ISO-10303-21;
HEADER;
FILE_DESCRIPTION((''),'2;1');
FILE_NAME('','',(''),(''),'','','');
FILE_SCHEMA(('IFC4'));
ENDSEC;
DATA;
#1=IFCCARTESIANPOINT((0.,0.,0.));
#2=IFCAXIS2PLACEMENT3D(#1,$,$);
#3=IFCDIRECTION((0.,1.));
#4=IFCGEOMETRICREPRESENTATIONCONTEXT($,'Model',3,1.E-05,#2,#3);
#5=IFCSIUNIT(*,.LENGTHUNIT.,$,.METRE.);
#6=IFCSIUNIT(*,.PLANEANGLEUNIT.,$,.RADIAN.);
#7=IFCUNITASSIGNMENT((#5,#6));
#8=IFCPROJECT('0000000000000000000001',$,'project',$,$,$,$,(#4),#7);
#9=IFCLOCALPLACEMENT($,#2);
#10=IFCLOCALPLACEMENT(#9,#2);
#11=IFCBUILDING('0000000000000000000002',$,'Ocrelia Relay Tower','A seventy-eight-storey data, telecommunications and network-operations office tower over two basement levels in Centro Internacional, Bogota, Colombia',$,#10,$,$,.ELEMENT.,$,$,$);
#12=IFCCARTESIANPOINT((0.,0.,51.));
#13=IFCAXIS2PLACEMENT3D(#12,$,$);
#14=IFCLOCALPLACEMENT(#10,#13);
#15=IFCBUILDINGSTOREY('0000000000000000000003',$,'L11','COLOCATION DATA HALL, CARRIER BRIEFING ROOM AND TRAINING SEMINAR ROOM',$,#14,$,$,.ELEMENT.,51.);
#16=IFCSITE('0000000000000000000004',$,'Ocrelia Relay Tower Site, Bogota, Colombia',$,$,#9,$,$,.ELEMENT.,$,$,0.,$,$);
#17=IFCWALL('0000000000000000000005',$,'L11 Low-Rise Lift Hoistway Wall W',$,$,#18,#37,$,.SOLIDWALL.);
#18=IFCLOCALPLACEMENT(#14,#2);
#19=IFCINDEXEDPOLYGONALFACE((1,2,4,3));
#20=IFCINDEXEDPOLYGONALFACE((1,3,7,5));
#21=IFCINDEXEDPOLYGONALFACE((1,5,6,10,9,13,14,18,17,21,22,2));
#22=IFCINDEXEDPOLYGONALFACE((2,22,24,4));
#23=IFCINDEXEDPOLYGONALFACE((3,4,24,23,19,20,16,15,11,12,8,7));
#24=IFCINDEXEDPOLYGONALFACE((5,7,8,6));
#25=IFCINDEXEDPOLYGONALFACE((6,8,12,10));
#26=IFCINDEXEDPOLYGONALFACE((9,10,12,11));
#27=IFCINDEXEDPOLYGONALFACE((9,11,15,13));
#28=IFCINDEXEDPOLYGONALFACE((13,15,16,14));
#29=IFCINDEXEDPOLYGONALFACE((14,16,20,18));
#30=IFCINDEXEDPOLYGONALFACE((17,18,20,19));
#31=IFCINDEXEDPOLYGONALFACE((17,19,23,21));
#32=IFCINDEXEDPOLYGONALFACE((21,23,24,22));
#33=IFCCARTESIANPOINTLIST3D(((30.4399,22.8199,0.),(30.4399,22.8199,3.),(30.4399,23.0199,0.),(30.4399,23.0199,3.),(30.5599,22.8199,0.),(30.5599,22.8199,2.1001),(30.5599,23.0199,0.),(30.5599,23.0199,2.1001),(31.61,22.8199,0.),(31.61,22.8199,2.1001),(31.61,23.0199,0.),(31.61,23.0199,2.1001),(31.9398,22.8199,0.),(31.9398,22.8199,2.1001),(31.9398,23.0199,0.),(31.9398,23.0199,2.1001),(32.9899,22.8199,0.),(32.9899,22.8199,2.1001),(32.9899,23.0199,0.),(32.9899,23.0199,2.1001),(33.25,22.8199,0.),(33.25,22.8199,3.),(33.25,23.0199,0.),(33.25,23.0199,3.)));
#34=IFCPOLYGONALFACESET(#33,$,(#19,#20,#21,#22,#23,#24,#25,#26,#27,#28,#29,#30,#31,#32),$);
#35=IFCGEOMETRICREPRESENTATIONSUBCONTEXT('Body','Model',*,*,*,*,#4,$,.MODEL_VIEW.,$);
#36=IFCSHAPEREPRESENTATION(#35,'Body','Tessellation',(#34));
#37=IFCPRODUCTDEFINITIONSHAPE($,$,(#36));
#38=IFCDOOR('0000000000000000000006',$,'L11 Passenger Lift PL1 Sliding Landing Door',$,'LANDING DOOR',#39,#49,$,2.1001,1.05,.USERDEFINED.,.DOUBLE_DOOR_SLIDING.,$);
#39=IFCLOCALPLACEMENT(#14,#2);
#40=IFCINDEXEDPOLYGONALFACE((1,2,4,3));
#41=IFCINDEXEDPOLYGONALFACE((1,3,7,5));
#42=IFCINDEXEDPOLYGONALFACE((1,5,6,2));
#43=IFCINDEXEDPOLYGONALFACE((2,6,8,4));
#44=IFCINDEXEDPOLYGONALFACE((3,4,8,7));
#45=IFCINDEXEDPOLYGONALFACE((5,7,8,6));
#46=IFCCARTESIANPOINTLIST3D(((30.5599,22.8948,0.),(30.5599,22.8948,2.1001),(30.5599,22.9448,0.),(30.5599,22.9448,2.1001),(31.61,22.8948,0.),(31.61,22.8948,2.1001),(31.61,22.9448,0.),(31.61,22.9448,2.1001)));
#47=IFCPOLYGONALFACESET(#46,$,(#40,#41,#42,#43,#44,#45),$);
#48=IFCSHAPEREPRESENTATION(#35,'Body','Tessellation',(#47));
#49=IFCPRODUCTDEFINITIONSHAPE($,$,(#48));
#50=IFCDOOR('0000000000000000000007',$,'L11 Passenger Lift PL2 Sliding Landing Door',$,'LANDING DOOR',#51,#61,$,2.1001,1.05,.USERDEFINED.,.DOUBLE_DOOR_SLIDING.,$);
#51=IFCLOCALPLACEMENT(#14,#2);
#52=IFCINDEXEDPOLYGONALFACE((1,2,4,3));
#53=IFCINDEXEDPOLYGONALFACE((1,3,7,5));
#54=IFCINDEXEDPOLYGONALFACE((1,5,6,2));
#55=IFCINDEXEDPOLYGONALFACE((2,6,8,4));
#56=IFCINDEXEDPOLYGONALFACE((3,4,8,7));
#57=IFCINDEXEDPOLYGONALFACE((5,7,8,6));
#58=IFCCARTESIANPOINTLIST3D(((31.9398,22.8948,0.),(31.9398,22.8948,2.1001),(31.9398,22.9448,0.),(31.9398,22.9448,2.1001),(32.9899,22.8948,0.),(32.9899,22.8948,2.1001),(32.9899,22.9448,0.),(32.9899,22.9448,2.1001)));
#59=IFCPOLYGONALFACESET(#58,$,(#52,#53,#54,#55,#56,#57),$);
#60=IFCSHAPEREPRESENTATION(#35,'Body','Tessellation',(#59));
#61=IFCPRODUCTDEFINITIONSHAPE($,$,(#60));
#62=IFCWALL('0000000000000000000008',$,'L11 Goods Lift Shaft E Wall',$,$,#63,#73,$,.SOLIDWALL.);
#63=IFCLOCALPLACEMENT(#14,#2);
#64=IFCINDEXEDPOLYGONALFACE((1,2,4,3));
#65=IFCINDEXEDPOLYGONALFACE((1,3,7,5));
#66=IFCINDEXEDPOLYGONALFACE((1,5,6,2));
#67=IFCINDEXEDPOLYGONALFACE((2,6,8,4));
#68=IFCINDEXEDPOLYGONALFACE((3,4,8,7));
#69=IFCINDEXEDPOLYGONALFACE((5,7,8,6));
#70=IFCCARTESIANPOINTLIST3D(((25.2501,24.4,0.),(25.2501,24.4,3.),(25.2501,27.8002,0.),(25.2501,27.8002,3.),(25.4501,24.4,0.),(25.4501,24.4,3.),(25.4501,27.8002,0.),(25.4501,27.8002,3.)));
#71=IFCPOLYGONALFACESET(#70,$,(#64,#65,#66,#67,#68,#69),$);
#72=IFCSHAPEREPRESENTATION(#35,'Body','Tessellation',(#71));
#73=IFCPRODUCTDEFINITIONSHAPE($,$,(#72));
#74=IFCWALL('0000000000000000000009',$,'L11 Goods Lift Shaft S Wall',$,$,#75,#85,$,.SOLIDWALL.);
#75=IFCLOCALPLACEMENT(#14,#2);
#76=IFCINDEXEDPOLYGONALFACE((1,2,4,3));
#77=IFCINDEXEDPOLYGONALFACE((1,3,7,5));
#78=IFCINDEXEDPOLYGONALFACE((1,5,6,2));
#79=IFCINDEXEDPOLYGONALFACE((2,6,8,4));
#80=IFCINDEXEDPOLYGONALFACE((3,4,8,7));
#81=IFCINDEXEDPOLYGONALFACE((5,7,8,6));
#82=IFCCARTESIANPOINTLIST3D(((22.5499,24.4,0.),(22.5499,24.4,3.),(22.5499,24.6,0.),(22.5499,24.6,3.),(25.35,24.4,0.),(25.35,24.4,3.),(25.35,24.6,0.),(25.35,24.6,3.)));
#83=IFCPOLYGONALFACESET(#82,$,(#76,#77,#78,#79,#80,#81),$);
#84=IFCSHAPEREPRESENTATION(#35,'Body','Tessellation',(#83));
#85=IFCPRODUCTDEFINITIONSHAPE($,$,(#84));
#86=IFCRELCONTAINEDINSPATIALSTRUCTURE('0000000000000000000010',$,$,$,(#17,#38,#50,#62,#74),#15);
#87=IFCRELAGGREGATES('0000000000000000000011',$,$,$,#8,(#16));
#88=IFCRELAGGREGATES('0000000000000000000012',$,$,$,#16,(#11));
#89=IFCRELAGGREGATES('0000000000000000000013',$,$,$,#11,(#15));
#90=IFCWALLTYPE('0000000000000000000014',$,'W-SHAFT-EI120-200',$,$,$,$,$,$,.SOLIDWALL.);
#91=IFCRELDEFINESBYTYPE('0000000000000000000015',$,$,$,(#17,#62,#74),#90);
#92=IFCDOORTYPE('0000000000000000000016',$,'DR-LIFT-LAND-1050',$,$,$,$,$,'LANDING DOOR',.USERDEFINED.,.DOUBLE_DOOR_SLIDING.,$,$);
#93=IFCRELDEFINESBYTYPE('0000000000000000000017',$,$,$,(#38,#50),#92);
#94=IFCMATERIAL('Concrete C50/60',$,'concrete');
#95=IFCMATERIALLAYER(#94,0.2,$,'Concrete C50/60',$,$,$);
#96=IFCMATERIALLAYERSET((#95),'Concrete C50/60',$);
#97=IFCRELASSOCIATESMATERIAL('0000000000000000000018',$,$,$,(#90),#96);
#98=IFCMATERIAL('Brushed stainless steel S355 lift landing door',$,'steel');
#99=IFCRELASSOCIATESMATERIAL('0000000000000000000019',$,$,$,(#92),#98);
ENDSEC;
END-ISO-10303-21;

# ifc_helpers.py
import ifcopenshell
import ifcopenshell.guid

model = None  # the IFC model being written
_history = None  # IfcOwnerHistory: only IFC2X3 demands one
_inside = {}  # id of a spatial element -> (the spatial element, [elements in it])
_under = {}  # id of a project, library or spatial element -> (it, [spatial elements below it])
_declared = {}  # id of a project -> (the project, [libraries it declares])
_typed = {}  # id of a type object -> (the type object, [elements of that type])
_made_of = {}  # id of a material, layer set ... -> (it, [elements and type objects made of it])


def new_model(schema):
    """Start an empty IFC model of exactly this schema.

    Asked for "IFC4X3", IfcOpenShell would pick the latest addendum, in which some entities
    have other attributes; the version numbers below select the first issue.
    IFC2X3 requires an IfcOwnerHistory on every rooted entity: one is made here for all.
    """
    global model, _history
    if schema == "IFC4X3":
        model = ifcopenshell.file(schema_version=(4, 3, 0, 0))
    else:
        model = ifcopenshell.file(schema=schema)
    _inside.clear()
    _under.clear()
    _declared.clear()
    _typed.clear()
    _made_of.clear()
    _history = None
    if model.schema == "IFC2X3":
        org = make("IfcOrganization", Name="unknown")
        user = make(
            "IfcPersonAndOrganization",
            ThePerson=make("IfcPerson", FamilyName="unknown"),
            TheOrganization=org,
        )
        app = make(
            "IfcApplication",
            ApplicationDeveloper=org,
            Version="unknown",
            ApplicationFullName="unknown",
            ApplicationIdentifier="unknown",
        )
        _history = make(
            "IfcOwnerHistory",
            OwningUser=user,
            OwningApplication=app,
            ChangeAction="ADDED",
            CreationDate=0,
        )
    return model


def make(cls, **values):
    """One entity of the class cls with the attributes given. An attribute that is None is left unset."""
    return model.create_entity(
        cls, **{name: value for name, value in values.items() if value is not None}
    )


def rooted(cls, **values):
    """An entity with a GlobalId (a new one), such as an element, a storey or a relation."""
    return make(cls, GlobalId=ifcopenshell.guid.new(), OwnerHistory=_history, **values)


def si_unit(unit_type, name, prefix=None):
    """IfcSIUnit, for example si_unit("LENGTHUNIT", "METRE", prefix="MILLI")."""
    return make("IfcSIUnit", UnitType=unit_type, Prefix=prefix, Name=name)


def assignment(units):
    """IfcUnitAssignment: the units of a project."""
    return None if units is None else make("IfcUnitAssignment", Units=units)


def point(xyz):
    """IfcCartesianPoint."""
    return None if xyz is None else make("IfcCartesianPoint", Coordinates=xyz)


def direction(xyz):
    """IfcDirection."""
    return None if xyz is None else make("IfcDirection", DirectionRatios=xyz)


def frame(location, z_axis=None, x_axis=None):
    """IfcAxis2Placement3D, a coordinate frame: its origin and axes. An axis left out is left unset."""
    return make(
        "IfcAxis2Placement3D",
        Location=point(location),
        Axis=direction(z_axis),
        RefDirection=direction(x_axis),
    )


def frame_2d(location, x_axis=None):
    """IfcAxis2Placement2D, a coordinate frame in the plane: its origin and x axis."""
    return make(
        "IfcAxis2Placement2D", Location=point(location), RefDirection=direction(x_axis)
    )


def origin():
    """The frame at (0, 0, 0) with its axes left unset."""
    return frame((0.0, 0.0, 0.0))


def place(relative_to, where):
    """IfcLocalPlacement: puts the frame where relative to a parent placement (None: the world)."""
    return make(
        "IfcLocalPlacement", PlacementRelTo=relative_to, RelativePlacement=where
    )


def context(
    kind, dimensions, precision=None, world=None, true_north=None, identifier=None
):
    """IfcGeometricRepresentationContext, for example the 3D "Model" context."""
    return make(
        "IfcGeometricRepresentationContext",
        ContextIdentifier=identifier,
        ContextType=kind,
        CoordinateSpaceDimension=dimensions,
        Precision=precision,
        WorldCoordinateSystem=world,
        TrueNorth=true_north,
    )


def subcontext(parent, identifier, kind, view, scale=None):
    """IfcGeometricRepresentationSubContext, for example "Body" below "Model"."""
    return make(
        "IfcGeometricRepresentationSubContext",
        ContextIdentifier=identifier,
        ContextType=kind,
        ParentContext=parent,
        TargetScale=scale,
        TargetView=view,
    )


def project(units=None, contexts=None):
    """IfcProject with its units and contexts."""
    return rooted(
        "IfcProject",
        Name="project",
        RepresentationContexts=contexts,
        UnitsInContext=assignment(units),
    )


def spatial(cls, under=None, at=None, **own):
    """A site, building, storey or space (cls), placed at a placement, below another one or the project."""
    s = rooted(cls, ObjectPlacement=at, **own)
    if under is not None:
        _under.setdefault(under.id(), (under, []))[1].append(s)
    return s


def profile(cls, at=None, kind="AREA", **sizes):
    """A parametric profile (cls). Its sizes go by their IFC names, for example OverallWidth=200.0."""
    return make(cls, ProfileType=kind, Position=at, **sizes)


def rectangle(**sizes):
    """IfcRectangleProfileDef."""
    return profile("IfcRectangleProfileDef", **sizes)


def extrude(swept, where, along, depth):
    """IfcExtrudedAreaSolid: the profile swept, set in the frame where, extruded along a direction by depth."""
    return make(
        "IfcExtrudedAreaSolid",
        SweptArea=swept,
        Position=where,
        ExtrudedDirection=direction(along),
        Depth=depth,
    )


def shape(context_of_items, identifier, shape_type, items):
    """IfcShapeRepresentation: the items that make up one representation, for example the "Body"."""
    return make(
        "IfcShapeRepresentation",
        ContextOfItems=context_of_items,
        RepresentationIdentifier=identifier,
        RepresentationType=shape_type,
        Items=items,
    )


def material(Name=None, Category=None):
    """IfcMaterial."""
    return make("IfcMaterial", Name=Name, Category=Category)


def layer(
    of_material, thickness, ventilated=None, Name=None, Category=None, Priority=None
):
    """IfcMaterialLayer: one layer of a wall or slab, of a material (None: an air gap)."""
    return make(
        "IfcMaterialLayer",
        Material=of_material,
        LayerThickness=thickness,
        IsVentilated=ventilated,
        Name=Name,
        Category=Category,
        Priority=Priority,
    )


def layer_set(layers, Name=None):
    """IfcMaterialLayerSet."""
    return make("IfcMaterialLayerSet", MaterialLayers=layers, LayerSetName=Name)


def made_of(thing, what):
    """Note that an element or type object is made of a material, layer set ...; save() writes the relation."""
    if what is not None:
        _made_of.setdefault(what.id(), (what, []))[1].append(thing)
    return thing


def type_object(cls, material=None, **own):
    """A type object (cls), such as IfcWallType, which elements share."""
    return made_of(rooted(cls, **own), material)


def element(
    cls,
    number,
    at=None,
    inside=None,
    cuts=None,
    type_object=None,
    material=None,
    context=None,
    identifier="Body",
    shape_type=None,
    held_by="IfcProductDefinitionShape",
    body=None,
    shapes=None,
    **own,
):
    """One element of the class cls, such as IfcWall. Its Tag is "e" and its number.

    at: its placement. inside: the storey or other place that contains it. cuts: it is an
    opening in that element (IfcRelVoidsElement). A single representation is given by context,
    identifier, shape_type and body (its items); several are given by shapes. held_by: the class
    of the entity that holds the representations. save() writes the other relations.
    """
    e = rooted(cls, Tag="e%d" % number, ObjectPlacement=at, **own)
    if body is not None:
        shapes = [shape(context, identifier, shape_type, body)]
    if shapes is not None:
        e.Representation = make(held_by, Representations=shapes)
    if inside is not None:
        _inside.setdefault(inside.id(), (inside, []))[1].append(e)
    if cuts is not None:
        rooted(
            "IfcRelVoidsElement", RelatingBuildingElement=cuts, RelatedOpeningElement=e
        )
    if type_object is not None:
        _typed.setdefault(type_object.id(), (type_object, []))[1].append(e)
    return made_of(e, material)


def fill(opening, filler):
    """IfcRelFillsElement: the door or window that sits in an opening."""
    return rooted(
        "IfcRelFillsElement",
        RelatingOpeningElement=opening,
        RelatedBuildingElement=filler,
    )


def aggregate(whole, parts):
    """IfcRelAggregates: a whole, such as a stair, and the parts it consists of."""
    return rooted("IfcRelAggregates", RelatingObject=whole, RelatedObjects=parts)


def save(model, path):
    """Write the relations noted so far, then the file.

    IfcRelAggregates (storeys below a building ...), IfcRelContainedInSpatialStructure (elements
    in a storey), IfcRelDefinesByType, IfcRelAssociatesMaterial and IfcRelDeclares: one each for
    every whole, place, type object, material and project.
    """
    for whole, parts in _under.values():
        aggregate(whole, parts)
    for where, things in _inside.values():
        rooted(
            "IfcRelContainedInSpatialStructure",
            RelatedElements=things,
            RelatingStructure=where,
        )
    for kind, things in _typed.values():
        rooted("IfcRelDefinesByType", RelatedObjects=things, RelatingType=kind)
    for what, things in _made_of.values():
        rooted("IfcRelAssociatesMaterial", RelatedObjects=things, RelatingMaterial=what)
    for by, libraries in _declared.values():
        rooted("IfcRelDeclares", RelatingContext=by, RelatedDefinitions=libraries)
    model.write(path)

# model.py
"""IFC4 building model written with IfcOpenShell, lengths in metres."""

from ifc_helpers import new_model, si_unit, direction, frame, frame_2d, origin, place, context, subcontext, project, spatial, rectangle, extrude, material, layer, layer_set, type_object, element, fill, save


model = new_model("IFC4")

# Units and contexts
model_context = context("Model", 3, precision=1e-05, world=origin(), true_north=direction((0.0, 1.0)))
body_context = subcontext(model_context, "Body", "Model", "MODEL_VIEW")
ifc_project = project(units=[si_unit("LENGTHUNIT", "METRE"), si_unit("PLANEANGLEUNIT", "RADIAN")], contexts=[model_context])

# Site, building, storey
site_placement = place(None, origin())
site = spatial("IfcSite", under=ifc_project, at=site_placement, Name="Ocrelia Relay Tower Site, Bogota, Colombia", CompositionType="ELEMENT", RefElevation=0.0)
building_placement = place(site_placement, origin())
building = spatial("IfcBuilding", under=site, at=building_placement, Name="Ocrelia Relay Tower", Description="A seventy-eight-storey data, telecommunications and network-operations office tower over two basement levels in Centro Internacional, Bogota, Colombia", CompositionType="ELEMENT")
storey_placement = place(building_placement, frame((0.0, 0.0, 51.0)))
storey = spatial("IfcBuildingStorey", under=building, at=storey_placement, Name="L11", Description="COLOCATION DATA HALL, CARRIER BRIEFING ROOM AND TRAINING SEMINAR ROOM", CompositionType="ELEMENT", Elevation=51.0)

# Wall, openings, doors
ifc_material_1 = material(Name="Concrete C50/60", Category="concrete")
ifc_layer_1 = layer(ifc_material_1, 0.2, Name="Concrete C50/60")
ifc_layer_set_1 = layer_set([ifc_layer_1], Name="Concrete C50/60")
wall_type_1 = type_object("IfcWallType", Name="W-SHAFT-EI120-200", PredefinedType="SOLIDWALL", material=ifc_layer_set_1)
wall_1_placement = place(storey_placement, frame((30.4399, 22.9199, 0.0), z_axis=(0.0, 0.0, 1.0), x_axis=(1.0, 0.0, 0.0)))
wall_1 = element("IfcWall", 1, at=wall_1_placement, inside=storey, type_object=wall_type_1, Name="L11 Low-Rise Lift Hoistway Wall W", PredefinedType="SOLIDWALL", context=body_context, shape_type="SweptSolid", body=[
    extrude(rectangle(XDim=2.8101, YDim=0.2, at=frame_2d((1.405, 0.0))), origin(), (0.0, 0.0, 1.0), 3.0),
])
opening_1_placement = place(wall_1_placement, frame((0.1201, 0.0, 0.0)))
opening_1 = element("IfcOpeningElement", 2, at=opening_1_placement, cuts=wall_1, PredefinedType="OPENING", context=body_context, shape_type="SweptSolid", body=[
    extrude(rectangle(XDim=1.05, YDim=2.1001, at=frame_2d((0.5249, 1.05))), frame((0.0, 0.1099, 0.0), z_axis=(0.0, -1.0, 0.0), x_axis=(1.0, 0.0, 0.0)), (0.0, 0.0, 1.0), 0.22),
])
opening_2_placement = place(wall_1_placement, frame((1.5, 0.0, 0.0)))
opening_2 = element("IfcOpeningElement", 3, at=opening_2_placement, cuts=wall_1, PredefinedType="OPENING", context=body_context, shape_type="SweptSolid", body=[
    extrude(rectangle(XDim=1.05, YDim=2.1001, at=frame_2d((0.5249, 1.05))), frame((0.0, 0.1099, 0.0), z_axis=(0.0, -1.0, 0.0), x_axis=(1.0, 0.0, 0.0)), (0.0, 0.0, 1.0), 0.22),
])
ifc_material_2 = material(Name="Brushed stainless steel S355 lift landing door", Category="steel")
door_type_1 = type_object("IfcDoorType", Name="DR-LIFT-LAND-1050", ElementType="LANDING DOOR", OperationType="DOUBLE_DOOR_SLIDING", PredefinedType="USERDEFINED", material=ifc_material_2)
door_1_placement = place(opening_1_placement, origin())
door_1 = element("IfcDoor", 4, at=door_1_placement, inside=storey, type_object=door_type_1, Name="L11 Passenger Lift PL1 Sliding Landing Door", ObjectType="LANDING DOOR", OperationType="DOUBLE_DOOR_SLIDING", OverallHeight=2.1001, OverallWidth=1.05, PredefinedType="USERDEFINED", context=body_context, shape_type="SweptSolid", body=[
    extrude(rectangle(XDim=1.05, YDim=2.1001, at=frame_2d((0.5249, 1.05))), frame((0.0, 0.0249, 0.0), z_axis=(0.0, -1.0, 0.0), x_axis=(1.0, 0.0, 0.0)), (0.0, 0.0, 1.0), 0.05),
])
fill(opening_1, door_1)
door_2_placement = place(opening_2_placement, origin())
door_2 = element("IfcDoor", 5, at=door_2_placement, inside=storey, type_object=door_type_1, Name="L11 Passenger Lift PL2 Sliding Landing Door", ObjectType="LANDING DOOR", OperationType="DOUBLE_DOOR_SLIDING", OverallHeight=2.1001, OverallWidth=1.05, PredefinedType="USERDEFINED", context=body_context, shape_type="SweptSolid", body=[
    extrude(rectangle(XDim=1.05, YDim=2.1001, at=frame_2d((0.5249, 1.05))), frame((0.0, 0.0249, 0.0), z_axis=(0.0, -1.0, 0.0), x_axis=(1.0, 0.0, 0.0)), (0.0, 0.0, 1.0), 0.05),
])
fill(opening_2, door_2)

# Walls
wall_2_placement = place(storey_placement, frame((25.3501, 24.3999, 0.0), z_axis=(0.0, 0.0, 1.0), x_axis=(0.0, 1.0, 0.0)))
element("IfcWall", 6, at=wall_2_placement, inside=storey, type_object=wall_type_1, Name="L11 Goods Lift Shaft E Wall", PredefinedType="SOLIDWALL", context=body_context, shape_type="SweptSolid", body=[
    extrude(rectangle(XDim=3.4001, YDim=0.2, at=frame_2d((1.7002, 0.0))), origin(), (0.0, 0.0, 1.0), 3.0),
])
wall_3_placement = place(storey_placement, frame((22.55, 24.5, 0.0), z_axis=(0.0, 0.0, 1.0), x_axis=(1.0, 0.0, 0.0)))
element("IfcWall", 7, at=wall_3_placement, inside=storey, type_object=wall_type_1, Name="L11 Goods Lift Shaft S Wall", PredefinedType="SOLIDWALL", context=body_context, shape_type="SweptSolid", body=[
    extrude(rectangle(XDim=2.8, YDim=0.2, at=frame_2d((1.3999, 0.0))), origin(), (0.0, 0.0, 1.0), 3.0),
])

save(model, "model.ifc")
